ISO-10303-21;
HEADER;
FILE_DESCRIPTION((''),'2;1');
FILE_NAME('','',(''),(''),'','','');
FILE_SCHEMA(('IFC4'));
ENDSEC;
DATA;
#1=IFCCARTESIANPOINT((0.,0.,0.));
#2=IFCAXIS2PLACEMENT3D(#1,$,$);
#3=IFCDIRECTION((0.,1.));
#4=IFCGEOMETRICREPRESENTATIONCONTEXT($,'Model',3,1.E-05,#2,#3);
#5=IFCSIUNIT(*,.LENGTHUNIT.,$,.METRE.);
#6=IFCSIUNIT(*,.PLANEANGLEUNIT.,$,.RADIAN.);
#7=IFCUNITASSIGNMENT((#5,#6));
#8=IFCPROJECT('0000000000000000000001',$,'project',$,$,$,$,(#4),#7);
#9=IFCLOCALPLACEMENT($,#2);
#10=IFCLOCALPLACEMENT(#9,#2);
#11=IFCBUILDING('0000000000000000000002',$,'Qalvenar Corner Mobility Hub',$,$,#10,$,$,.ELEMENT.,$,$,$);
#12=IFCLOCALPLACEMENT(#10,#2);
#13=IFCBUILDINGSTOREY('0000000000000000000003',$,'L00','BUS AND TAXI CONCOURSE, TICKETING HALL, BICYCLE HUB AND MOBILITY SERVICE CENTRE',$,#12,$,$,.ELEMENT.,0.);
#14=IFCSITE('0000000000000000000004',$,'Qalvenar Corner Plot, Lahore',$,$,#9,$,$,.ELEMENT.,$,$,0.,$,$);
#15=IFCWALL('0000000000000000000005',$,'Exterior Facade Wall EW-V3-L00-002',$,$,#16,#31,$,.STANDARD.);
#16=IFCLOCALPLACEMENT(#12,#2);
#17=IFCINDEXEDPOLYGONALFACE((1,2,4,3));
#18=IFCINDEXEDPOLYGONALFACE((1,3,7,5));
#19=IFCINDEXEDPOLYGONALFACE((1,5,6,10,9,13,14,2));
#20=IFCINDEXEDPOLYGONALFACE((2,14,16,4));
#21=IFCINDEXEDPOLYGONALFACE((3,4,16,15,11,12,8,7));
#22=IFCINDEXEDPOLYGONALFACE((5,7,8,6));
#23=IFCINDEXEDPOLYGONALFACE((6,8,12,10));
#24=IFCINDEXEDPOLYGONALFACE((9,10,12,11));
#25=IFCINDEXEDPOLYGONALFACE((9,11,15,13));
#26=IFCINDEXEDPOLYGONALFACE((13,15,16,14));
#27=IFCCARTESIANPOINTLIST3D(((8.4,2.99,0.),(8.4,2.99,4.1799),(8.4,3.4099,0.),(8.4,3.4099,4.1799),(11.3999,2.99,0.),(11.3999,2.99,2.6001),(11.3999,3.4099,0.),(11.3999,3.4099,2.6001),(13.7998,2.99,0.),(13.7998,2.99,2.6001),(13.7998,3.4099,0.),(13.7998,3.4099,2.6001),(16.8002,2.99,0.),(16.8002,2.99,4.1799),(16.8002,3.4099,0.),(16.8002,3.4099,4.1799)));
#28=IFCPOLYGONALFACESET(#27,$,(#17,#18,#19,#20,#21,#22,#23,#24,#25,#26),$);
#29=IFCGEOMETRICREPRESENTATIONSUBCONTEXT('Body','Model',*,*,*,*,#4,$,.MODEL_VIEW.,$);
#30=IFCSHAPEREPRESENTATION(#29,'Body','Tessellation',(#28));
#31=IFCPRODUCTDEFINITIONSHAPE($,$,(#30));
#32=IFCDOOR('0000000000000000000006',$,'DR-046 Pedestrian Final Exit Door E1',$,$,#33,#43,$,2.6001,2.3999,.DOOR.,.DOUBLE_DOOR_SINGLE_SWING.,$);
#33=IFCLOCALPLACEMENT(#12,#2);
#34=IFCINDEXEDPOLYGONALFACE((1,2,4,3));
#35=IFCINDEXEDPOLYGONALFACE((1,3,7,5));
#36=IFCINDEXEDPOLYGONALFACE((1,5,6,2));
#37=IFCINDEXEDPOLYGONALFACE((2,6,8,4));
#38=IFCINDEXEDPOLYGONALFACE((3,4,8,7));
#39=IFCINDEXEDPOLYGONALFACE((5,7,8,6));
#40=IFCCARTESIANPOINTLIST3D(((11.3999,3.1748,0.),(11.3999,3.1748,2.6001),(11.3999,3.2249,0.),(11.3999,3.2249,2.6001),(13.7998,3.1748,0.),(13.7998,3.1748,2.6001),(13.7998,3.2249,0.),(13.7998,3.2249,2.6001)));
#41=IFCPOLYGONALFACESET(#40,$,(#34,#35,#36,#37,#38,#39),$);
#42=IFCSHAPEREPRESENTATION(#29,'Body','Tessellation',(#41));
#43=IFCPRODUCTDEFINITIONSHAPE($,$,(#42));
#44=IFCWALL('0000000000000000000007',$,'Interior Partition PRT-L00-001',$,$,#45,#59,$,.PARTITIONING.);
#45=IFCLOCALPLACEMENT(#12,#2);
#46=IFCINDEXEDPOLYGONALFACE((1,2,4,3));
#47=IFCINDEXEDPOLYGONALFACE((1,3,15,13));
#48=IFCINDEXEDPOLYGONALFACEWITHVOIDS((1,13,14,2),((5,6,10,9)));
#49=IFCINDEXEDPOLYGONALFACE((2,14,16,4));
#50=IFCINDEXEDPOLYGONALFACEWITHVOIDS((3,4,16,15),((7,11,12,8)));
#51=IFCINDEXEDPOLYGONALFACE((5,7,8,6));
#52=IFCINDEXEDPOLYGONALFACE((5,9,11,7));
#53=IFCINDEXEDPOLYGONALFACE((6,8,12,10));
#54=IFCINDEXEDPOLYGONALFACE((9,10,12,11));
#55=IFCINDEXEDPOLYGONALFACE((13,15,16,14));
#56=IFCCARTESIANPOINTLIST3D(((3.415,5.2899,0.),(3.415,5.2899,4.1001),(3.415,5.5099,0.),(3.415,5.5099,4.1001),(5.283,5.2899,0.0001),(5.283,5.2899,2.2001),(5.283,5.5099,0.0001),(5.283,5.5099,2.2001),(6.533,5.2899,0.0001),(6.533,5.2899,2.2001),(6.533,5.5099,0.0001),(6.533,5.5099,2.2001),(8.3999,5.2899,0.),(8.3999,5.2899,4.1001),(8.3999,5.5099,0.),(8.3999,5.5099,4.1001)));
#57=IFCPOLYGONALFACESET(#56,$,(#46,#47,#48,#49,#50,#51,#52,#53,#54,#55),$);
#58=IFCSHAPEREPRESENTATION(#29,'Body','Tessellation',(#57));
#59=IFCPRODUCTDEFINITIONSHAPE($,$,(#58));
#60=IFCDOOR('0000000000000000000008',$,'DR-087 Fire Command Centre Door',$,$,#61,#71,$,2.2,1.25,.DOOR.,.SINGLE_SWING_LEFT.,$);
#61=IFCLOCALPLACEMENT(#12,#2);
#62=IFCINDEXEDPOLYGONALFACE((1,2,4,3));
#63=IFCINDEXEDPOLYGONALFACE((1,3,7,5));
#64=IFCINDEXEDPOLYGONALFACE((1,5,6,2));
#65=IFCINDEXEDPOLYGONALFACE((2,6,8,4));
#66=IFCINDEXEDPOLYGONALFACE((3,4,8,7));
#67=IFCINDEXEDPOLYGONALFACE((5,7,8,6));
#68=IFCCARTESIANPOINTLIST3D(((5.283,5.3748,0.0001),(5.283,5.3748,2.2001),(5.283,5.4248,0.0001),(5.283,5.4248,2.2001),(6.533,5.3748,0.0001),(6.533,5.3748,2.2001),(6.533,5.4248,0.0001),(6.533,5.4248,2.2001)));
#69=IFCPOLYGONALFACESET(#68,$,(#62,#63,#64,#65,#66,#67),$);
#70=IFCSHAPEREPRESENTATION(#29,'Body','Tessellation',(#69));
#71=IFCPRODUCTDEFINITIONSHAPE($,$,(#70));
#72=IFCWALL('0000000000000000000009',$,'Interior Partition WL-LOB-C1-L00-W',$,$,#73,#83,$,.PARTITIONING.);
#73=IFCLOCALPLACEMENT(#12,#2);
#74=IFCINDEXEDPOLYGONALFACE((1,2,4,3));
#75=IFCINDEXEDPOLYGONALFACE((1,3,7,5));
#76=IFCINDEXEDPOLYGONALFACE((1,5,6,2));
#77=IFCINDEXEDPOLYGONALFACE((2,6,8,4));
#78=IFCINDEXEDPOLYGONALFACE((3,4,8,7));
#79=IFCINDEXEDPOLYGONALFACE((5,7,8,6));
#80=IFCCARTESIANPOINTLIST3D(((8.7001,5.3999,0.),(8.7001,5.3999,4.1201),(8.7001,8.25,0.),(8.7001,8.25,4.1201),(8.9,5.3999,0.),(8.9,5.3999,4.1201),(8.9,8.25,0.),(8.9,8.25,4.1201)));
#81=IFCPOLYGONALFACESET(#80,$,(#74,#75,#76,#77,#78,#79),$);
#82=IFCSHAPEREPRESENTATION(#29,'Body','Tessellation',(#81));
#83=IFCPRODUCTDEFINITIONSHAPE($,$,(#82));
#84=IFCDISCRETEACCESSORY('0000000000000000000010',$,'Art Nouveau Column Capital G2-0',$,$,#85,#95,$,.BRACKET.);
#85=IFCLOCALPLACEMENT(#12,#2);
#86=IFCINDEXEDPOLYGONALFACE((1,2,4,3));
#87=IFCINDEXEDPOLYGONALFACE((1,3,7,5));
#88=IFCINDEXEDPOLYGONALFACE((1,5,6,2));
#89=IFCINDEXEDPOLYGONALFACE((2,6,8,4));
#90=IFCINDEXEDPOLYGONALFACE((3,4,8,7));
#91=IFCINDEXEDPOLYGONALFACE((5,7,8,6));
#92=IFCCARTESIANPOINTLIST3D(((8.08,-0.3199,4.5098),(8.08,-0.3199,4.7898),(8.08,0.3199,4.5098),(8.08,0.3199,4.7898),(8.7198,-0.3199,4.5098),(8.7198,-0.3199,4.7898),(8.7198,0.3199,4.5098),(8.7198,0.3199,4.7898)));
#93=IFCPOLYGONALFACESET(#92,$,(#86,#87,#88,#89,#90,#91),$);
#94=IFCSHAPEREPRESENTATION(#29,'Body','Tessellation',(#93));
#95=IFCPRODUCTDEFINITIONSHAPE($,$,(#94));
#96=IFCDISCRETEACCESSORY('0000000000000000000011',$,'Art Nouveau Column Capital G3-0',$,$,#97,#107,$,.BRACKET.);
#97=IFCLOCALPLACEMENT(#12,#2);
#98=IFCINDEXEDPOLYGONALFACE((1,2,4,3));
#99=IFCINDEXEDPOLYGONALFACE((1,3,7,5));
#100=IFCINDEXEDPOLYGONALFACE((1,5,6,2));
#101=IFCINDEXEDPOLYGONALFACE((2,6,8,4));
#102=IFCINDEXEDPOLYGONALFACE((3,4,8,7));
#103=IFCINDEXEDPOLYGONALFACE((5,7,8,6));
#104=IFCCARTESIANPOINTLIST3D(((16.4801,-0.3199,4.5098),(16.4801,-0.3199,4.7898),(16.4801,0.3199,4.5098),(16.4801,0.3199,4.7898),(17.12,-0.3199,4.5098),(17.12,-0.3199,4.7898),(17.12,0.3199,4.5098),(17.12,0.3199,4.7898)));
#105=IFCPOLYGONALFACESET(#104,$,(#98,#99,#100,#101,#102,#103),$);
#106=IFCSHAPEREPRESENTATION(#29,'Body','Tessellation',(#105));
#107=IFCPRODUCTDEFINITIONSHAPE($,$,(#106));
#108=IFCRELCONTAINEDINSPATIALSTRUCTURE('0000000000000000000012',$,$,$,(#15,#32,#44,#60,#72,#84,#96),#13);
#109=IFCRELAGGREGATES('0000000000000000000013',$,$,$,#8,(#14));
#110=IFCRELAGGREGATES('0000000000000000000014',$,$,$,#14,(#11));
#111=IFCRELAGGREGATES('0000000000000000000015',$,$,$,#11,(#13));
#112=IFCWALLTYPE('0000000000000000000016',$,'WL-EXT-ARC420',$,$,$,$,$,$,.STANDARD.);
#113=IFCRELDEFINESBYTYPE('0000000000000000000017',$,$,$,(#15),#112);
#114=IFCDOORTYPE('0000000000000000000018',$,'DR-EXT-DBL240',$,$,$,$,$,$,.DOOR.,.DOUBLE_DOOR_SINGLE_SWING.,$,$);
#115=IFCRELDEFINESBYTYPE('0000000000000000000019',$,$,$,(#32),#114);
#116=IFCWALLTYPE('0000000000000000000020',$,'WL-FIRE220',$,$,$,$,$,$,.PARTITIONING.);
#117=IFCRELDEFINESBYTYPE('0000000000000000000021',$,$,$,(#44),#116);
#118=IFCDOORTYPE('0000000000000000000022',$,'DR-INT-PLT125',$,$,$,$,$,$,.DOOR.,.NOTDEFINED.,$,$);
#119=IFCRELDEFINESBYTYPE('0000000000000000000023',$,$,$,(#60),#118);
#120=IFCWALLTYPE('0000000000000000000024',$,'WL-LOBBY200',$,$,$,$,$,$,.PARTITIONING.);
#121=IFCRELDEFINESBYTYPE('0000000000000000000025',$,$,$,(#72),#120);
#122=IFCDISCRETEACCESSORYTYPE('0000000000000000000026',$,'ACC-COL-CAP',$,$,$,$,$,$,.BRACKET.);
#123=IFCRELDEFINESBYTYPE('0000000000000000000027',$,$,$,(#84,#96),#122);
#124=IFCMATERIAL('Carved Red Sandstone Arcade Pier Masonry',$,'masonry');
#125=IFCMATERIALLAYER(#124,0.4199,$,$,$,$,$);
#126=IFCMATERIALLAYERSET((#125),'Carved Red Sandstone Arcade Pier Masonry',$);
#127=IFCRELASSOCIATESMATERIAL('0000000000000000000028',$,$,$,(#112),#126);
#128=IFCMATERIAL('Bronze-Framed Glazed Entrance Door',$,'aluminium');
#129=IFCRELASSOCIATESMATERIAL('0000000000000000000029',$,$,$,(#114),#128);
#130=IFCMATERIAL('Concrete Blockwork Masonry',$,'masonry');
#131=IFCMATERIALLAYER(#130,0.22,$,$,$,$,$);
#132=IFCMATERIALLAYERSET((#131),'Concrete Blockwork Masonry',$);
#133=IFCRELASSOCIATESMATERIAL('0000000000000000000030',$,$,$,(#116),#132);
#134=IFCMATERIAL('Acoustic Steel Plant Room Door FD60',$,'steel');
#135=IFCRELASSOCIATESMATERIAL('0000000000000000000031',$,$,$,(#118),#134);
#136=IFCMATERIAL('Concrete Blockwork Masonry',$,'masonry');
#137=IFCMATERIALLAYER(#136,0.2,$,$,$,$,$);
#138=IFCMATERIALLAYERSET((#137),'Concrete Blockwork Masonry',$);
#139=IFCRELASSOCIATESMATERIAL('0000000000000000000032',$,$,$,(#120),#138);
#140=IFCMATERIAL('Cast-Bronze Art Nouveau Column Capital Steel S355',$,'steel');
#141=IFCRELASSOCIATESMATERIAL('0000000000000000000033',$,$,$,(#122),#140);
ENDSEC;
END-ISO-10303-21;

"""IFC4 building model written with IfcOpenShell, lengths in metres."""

from ifc_helpers import new_model, si_unit, direction, frame, frame_2d, origin, origin_2d, place, context, subcontext, project, spatial, rectangle, extrude, material, layer, layer_set, type_object, element, fill, save


model = new_model("IFC4")

# Units and contexts
model_context = context("Model", 3, precision=1e-05, world=origin(), true_north=direction((0.0, 1.0)))
body_context = subcontext(model_context, "Body", "Model", "MODEL_VIEW")
ifc_project = project(units=[si_unit("LENGTHUNIT", "METRE"), si_unit("PLANEANGLEUNIT", "RADIAN")], contexts=[model_context])

# Site, building, storey
site_placement = place(None, origin())
site = spatial("IfcSite", under=ifc_project, at=site_placement, Name="Qalvenar Corner Plot, Lahore", CompositionType="ELEMENT", RefElevation=0.0)
building_placement = place(site_placement, origin())
building = spatial("IfcBuilding", under=site, at=building_placement, Name="Qalvenar Corner Mobility Hub", CompositionType="ELEMENT")
storey_placement = place(building_placement, origin())
storey = spatial("IfcBuildingStorey", under=building, at=storey_placement, Name="L00", Description="BUS AND TAXI CONCOURSE, TICKETING HALL, BICYCLE HUB AND MOBILITY SERVICE CENTRE", CompositionType="ELEMENT", Elevation=0.0)

# Walls, openings, doors
ifc_material_1 = material(Name="Carved Red Sandstone Arcade Pier Masonry", Category="masonry")
ifc_layer_1 = layer(ifc_material_1, 0.4199)
ifc_layer_set_1 = layer_set([ifc_layer_1], Name="Carved Red Sandstone Arcade Pier Masonry")
wall_type_1 = type_object("IfcWallType", Name="WL-EXT-ARC420", PredefinedType="STANDARD", material=ifc_layer_set_1)
wall_1_placement = place(storey_placement, frame((8.3999, 3.2, 0.0), z_axis=(0.0, 0.0, 1.0), x_axis=(1.0, 0.0, 0.0)))
wall_1 = element("IfcWall", 1, at=wall_1_placement, inside=storey, type_object=wall_type_1, Name="Exterior Facade Wall EW-V3-L00-002", PredefinedType="STANDARD", context=body_context, shape_type="SweptSolid", body=[
    extrude(rectangle(XDim=8.4001, YDim=0.4199, at=frame_2d((4.2002, 0.0))), origin(), (0.0, 0.0, 1.0), 4.1799),
])
opening_1_placement = place(wall_1_placement, frame((3.0, 0.0, 0.0)))
opening_1 = element("IfcOpeningElement", 2, at=opening_1_placement, cuts=wall_1, PredefinedType="OPENING", context=body_context, shape_type="SweptSolid", body=[
    extrude(rectangle(XDim=2.3999, YDim=2.6001, at=frame_2d((1.2, 1.3))), frame((0.0, 0.22, 0.0), z_axis=(0.0, -1.0, 0.0), x_axis=(1.0, 0.0, 0.0)), (0.0, 0.0, 1.0), 0.4399),
])
ifc_material_2 = material(Name="Bronze-Framed Glazed Entrance Door", Category="aluminium")
door_type_1 = type_object("IfcDoorType", Name="DR-EXT-DBL240", OperationType="DOUBLE_DOOR_SINGLE_SWING", PredefinedType="DOOR", material=ifc_material_2)
door_1_placement = place(opening_1_placement, origin())
door_1 = element("IfcDoor", 3, at=door_1_placement, inside=storey, type_object=door_type_1, Name="DR-046 Pedestrian Final Exit Door E1", OperationType="DOUBLE_DOOR_SINGLE_SWING", OverallHeight=2.6001, OverallWidth=2.3999, PredefinedType="DOOR", context=body_context, shape_type="SweptSolid", body=[
    extrude(rectangle(XDim=2.3999, YDim=2.6001, at=frame_2d((1.2, 1.3))), frame((0.0, 0.0249, 0.0), z_axis=(0.0, -1.0, 0.0), x_axis=(1.0, 0.0, 0.0)), (0.0, 0.0, 1.0), 0.05),
])
fill(opening_1, door_1)
ifc_material_3 = material(Name="Concrete Blockwork Masonry", Category="masonry")
ifc_layer_2 = layer(ifc_material_3, 0.22)
ifc_layer_set_2 = layer_set([ifc_layer_2], Name="Concrete Blockwork Masonry")
wall_type_2 = type_object("IfcWallType", Name="WL-FIRE220", PredefinedType="PARTITIONING", material=ifc_layer_set_2)
wall_2_placement = place(storey_placement, frame((3.415, 5.3999, 0.0), z_axis=(0.0, 0.0, 1.0), x_axis=(1.0, 0.0, 0.0)))
wall_2 = element("IfcWall", 4, at=wall_2_placement, inside=storey, type_object=wall_type_2, Name="Interior Partition PRT-L00-001", PredefinedType="PARTITIONING", context=body_context, shape_type="SweptSolid", body=[
    extrude(rectangle(XDim=4.9849, YDim=0.22, at=frame_2d((2.4924, 0.0))), origin(), (0.0, 0.0, 1.0), 4.1001),
])
opening_2_placement = place(wall_2_placement, frame((1.8679, 0.0, 0.0)))
opening_2 = element("IfcOpeningElement", 5, at=opening_2_placement, cuts=wall_2, PredefinedType="OPENING", context=body_context, shape_type="SweptSolid", body=[
    extrude(rectangle(XDim=1.25, YDim=2.2, at=frame_2d((0.625, 1.1001))), frame((0.0, 0.1201, 0.0), z_axis=(0.0, -1.0, 0.0), x_axis=(1.0, 0.0, 0.0)), (0.0, 0.0, 1.0), 0.24),
])
ifc_material_4 = material(Name="Acoustic Steel Plant Room Door FD60", Category="steel")
door_type_2 = type_object("IfcDoorType", Name="DR-INT-PLT125", OperationType="NOTDEFINED", PredefinedType="DOOR", material=ifc_material_4)
door_2_placement = place(opening_2_placement, origin())
door_2 = element("IfcDoor", 6, at=door_2_placement, inside=storey, type_object=door_type_2, Name="DR-087 Fire Command Centre Door", OperationType="SINGLE_SWING_LEFT", OverallHeight=2.2, OverallWidth=1.25, PredefinedType="DOOR", context=body_context, shape_type="SweptSolid", body=[
    extrude(rectangle(XDim=1.25, YDim=2.2, at=frame_2d((0.625, 1.1001))), frame((0.0, 0.0249, 0.0), z_axis=(0.0, -1.0, 0.0), x_axis=(1.0, 0.0, 0.0)), (0.0, 0.0, 1.0), 0.05),
])
fill(opening_2, door_2)

# Wall
ifc_material_5 = material(Name="Concrete Blockwork Masonry", Category="masonry")
ifc_layer_3 = layer(ifc_material_5, 0.2)
ifc_layer_set_3 = layer_set([ifc_layer_3], Name="Concrete Blockwork Masonry")
wall_type_3 = type_object("IfcWallType", Name="WL-LOBBY200", PredefinedType="PARTITIONING", material=ifc_layer_set_3)
wall_3_placement = place(storey_placement, frame((8.8, 5.3999, 0.0), z_axis=(0.0, 0.0, 1.0), x_axis=(0.0, 1.0, 0.0)))
element("IfcWall", 7, at=wall_3_placement, inside=storey, type_object=wall_type_3, Name="Interior Partition WL-LOB-C1-L00-W", PredefinedType="PARTITIONING", context=body_context, shape_type="SweptSolid", body=[
    extrude(rectangle(XDim=2.8501, YDim=0.2, at=frame_2d((1.425, 0.0))), origin(), (0.0, 0.0, 1.0), 4.1201),
])

# Discrete accessories
ifc_material_6 = material(Name="Cast-Bronze Art Nouveau Column Capital Steel S355", Category="steel")
discrete_accessory_type = type_object("IfcDiscreteAccessoryType", Name="ACC-COL-CAP", PredefinedType="BRACKET", material=ifc_material_6)
for number, where, z_axis, x_axis, name in (
    (8, (8.3999, 0.0, 4.5098), (0.0, 0.0, 1.0), (1.0, 0.0, 0.0), "Art Nouveau Column Capital G2-0"),
    (9, (16.8, 0.0, 4.5098), (0.0, 0.0, 1.0), (1.0, 0.0, 0.0), "Art Nouveau Column Capital G3-0"),
):
    element("IfcDiscreteAccessory", number, at=place(storey_placement, frame(where, z_axis=z_axis, x_axis=x_axis)), inside=storey, type_object=discrete_accessory_type, Name=name, PredefinedType="BRACKET", context=body_context, shape_type="SweptSolid", body=[
        extrude(rectangle(XDim=0.6399, YDim=0.6399, at=origin_2d()), origin(), (0.0, 0.0, 1.0), 0.28),
    ])

save(model, "model.ifc")
